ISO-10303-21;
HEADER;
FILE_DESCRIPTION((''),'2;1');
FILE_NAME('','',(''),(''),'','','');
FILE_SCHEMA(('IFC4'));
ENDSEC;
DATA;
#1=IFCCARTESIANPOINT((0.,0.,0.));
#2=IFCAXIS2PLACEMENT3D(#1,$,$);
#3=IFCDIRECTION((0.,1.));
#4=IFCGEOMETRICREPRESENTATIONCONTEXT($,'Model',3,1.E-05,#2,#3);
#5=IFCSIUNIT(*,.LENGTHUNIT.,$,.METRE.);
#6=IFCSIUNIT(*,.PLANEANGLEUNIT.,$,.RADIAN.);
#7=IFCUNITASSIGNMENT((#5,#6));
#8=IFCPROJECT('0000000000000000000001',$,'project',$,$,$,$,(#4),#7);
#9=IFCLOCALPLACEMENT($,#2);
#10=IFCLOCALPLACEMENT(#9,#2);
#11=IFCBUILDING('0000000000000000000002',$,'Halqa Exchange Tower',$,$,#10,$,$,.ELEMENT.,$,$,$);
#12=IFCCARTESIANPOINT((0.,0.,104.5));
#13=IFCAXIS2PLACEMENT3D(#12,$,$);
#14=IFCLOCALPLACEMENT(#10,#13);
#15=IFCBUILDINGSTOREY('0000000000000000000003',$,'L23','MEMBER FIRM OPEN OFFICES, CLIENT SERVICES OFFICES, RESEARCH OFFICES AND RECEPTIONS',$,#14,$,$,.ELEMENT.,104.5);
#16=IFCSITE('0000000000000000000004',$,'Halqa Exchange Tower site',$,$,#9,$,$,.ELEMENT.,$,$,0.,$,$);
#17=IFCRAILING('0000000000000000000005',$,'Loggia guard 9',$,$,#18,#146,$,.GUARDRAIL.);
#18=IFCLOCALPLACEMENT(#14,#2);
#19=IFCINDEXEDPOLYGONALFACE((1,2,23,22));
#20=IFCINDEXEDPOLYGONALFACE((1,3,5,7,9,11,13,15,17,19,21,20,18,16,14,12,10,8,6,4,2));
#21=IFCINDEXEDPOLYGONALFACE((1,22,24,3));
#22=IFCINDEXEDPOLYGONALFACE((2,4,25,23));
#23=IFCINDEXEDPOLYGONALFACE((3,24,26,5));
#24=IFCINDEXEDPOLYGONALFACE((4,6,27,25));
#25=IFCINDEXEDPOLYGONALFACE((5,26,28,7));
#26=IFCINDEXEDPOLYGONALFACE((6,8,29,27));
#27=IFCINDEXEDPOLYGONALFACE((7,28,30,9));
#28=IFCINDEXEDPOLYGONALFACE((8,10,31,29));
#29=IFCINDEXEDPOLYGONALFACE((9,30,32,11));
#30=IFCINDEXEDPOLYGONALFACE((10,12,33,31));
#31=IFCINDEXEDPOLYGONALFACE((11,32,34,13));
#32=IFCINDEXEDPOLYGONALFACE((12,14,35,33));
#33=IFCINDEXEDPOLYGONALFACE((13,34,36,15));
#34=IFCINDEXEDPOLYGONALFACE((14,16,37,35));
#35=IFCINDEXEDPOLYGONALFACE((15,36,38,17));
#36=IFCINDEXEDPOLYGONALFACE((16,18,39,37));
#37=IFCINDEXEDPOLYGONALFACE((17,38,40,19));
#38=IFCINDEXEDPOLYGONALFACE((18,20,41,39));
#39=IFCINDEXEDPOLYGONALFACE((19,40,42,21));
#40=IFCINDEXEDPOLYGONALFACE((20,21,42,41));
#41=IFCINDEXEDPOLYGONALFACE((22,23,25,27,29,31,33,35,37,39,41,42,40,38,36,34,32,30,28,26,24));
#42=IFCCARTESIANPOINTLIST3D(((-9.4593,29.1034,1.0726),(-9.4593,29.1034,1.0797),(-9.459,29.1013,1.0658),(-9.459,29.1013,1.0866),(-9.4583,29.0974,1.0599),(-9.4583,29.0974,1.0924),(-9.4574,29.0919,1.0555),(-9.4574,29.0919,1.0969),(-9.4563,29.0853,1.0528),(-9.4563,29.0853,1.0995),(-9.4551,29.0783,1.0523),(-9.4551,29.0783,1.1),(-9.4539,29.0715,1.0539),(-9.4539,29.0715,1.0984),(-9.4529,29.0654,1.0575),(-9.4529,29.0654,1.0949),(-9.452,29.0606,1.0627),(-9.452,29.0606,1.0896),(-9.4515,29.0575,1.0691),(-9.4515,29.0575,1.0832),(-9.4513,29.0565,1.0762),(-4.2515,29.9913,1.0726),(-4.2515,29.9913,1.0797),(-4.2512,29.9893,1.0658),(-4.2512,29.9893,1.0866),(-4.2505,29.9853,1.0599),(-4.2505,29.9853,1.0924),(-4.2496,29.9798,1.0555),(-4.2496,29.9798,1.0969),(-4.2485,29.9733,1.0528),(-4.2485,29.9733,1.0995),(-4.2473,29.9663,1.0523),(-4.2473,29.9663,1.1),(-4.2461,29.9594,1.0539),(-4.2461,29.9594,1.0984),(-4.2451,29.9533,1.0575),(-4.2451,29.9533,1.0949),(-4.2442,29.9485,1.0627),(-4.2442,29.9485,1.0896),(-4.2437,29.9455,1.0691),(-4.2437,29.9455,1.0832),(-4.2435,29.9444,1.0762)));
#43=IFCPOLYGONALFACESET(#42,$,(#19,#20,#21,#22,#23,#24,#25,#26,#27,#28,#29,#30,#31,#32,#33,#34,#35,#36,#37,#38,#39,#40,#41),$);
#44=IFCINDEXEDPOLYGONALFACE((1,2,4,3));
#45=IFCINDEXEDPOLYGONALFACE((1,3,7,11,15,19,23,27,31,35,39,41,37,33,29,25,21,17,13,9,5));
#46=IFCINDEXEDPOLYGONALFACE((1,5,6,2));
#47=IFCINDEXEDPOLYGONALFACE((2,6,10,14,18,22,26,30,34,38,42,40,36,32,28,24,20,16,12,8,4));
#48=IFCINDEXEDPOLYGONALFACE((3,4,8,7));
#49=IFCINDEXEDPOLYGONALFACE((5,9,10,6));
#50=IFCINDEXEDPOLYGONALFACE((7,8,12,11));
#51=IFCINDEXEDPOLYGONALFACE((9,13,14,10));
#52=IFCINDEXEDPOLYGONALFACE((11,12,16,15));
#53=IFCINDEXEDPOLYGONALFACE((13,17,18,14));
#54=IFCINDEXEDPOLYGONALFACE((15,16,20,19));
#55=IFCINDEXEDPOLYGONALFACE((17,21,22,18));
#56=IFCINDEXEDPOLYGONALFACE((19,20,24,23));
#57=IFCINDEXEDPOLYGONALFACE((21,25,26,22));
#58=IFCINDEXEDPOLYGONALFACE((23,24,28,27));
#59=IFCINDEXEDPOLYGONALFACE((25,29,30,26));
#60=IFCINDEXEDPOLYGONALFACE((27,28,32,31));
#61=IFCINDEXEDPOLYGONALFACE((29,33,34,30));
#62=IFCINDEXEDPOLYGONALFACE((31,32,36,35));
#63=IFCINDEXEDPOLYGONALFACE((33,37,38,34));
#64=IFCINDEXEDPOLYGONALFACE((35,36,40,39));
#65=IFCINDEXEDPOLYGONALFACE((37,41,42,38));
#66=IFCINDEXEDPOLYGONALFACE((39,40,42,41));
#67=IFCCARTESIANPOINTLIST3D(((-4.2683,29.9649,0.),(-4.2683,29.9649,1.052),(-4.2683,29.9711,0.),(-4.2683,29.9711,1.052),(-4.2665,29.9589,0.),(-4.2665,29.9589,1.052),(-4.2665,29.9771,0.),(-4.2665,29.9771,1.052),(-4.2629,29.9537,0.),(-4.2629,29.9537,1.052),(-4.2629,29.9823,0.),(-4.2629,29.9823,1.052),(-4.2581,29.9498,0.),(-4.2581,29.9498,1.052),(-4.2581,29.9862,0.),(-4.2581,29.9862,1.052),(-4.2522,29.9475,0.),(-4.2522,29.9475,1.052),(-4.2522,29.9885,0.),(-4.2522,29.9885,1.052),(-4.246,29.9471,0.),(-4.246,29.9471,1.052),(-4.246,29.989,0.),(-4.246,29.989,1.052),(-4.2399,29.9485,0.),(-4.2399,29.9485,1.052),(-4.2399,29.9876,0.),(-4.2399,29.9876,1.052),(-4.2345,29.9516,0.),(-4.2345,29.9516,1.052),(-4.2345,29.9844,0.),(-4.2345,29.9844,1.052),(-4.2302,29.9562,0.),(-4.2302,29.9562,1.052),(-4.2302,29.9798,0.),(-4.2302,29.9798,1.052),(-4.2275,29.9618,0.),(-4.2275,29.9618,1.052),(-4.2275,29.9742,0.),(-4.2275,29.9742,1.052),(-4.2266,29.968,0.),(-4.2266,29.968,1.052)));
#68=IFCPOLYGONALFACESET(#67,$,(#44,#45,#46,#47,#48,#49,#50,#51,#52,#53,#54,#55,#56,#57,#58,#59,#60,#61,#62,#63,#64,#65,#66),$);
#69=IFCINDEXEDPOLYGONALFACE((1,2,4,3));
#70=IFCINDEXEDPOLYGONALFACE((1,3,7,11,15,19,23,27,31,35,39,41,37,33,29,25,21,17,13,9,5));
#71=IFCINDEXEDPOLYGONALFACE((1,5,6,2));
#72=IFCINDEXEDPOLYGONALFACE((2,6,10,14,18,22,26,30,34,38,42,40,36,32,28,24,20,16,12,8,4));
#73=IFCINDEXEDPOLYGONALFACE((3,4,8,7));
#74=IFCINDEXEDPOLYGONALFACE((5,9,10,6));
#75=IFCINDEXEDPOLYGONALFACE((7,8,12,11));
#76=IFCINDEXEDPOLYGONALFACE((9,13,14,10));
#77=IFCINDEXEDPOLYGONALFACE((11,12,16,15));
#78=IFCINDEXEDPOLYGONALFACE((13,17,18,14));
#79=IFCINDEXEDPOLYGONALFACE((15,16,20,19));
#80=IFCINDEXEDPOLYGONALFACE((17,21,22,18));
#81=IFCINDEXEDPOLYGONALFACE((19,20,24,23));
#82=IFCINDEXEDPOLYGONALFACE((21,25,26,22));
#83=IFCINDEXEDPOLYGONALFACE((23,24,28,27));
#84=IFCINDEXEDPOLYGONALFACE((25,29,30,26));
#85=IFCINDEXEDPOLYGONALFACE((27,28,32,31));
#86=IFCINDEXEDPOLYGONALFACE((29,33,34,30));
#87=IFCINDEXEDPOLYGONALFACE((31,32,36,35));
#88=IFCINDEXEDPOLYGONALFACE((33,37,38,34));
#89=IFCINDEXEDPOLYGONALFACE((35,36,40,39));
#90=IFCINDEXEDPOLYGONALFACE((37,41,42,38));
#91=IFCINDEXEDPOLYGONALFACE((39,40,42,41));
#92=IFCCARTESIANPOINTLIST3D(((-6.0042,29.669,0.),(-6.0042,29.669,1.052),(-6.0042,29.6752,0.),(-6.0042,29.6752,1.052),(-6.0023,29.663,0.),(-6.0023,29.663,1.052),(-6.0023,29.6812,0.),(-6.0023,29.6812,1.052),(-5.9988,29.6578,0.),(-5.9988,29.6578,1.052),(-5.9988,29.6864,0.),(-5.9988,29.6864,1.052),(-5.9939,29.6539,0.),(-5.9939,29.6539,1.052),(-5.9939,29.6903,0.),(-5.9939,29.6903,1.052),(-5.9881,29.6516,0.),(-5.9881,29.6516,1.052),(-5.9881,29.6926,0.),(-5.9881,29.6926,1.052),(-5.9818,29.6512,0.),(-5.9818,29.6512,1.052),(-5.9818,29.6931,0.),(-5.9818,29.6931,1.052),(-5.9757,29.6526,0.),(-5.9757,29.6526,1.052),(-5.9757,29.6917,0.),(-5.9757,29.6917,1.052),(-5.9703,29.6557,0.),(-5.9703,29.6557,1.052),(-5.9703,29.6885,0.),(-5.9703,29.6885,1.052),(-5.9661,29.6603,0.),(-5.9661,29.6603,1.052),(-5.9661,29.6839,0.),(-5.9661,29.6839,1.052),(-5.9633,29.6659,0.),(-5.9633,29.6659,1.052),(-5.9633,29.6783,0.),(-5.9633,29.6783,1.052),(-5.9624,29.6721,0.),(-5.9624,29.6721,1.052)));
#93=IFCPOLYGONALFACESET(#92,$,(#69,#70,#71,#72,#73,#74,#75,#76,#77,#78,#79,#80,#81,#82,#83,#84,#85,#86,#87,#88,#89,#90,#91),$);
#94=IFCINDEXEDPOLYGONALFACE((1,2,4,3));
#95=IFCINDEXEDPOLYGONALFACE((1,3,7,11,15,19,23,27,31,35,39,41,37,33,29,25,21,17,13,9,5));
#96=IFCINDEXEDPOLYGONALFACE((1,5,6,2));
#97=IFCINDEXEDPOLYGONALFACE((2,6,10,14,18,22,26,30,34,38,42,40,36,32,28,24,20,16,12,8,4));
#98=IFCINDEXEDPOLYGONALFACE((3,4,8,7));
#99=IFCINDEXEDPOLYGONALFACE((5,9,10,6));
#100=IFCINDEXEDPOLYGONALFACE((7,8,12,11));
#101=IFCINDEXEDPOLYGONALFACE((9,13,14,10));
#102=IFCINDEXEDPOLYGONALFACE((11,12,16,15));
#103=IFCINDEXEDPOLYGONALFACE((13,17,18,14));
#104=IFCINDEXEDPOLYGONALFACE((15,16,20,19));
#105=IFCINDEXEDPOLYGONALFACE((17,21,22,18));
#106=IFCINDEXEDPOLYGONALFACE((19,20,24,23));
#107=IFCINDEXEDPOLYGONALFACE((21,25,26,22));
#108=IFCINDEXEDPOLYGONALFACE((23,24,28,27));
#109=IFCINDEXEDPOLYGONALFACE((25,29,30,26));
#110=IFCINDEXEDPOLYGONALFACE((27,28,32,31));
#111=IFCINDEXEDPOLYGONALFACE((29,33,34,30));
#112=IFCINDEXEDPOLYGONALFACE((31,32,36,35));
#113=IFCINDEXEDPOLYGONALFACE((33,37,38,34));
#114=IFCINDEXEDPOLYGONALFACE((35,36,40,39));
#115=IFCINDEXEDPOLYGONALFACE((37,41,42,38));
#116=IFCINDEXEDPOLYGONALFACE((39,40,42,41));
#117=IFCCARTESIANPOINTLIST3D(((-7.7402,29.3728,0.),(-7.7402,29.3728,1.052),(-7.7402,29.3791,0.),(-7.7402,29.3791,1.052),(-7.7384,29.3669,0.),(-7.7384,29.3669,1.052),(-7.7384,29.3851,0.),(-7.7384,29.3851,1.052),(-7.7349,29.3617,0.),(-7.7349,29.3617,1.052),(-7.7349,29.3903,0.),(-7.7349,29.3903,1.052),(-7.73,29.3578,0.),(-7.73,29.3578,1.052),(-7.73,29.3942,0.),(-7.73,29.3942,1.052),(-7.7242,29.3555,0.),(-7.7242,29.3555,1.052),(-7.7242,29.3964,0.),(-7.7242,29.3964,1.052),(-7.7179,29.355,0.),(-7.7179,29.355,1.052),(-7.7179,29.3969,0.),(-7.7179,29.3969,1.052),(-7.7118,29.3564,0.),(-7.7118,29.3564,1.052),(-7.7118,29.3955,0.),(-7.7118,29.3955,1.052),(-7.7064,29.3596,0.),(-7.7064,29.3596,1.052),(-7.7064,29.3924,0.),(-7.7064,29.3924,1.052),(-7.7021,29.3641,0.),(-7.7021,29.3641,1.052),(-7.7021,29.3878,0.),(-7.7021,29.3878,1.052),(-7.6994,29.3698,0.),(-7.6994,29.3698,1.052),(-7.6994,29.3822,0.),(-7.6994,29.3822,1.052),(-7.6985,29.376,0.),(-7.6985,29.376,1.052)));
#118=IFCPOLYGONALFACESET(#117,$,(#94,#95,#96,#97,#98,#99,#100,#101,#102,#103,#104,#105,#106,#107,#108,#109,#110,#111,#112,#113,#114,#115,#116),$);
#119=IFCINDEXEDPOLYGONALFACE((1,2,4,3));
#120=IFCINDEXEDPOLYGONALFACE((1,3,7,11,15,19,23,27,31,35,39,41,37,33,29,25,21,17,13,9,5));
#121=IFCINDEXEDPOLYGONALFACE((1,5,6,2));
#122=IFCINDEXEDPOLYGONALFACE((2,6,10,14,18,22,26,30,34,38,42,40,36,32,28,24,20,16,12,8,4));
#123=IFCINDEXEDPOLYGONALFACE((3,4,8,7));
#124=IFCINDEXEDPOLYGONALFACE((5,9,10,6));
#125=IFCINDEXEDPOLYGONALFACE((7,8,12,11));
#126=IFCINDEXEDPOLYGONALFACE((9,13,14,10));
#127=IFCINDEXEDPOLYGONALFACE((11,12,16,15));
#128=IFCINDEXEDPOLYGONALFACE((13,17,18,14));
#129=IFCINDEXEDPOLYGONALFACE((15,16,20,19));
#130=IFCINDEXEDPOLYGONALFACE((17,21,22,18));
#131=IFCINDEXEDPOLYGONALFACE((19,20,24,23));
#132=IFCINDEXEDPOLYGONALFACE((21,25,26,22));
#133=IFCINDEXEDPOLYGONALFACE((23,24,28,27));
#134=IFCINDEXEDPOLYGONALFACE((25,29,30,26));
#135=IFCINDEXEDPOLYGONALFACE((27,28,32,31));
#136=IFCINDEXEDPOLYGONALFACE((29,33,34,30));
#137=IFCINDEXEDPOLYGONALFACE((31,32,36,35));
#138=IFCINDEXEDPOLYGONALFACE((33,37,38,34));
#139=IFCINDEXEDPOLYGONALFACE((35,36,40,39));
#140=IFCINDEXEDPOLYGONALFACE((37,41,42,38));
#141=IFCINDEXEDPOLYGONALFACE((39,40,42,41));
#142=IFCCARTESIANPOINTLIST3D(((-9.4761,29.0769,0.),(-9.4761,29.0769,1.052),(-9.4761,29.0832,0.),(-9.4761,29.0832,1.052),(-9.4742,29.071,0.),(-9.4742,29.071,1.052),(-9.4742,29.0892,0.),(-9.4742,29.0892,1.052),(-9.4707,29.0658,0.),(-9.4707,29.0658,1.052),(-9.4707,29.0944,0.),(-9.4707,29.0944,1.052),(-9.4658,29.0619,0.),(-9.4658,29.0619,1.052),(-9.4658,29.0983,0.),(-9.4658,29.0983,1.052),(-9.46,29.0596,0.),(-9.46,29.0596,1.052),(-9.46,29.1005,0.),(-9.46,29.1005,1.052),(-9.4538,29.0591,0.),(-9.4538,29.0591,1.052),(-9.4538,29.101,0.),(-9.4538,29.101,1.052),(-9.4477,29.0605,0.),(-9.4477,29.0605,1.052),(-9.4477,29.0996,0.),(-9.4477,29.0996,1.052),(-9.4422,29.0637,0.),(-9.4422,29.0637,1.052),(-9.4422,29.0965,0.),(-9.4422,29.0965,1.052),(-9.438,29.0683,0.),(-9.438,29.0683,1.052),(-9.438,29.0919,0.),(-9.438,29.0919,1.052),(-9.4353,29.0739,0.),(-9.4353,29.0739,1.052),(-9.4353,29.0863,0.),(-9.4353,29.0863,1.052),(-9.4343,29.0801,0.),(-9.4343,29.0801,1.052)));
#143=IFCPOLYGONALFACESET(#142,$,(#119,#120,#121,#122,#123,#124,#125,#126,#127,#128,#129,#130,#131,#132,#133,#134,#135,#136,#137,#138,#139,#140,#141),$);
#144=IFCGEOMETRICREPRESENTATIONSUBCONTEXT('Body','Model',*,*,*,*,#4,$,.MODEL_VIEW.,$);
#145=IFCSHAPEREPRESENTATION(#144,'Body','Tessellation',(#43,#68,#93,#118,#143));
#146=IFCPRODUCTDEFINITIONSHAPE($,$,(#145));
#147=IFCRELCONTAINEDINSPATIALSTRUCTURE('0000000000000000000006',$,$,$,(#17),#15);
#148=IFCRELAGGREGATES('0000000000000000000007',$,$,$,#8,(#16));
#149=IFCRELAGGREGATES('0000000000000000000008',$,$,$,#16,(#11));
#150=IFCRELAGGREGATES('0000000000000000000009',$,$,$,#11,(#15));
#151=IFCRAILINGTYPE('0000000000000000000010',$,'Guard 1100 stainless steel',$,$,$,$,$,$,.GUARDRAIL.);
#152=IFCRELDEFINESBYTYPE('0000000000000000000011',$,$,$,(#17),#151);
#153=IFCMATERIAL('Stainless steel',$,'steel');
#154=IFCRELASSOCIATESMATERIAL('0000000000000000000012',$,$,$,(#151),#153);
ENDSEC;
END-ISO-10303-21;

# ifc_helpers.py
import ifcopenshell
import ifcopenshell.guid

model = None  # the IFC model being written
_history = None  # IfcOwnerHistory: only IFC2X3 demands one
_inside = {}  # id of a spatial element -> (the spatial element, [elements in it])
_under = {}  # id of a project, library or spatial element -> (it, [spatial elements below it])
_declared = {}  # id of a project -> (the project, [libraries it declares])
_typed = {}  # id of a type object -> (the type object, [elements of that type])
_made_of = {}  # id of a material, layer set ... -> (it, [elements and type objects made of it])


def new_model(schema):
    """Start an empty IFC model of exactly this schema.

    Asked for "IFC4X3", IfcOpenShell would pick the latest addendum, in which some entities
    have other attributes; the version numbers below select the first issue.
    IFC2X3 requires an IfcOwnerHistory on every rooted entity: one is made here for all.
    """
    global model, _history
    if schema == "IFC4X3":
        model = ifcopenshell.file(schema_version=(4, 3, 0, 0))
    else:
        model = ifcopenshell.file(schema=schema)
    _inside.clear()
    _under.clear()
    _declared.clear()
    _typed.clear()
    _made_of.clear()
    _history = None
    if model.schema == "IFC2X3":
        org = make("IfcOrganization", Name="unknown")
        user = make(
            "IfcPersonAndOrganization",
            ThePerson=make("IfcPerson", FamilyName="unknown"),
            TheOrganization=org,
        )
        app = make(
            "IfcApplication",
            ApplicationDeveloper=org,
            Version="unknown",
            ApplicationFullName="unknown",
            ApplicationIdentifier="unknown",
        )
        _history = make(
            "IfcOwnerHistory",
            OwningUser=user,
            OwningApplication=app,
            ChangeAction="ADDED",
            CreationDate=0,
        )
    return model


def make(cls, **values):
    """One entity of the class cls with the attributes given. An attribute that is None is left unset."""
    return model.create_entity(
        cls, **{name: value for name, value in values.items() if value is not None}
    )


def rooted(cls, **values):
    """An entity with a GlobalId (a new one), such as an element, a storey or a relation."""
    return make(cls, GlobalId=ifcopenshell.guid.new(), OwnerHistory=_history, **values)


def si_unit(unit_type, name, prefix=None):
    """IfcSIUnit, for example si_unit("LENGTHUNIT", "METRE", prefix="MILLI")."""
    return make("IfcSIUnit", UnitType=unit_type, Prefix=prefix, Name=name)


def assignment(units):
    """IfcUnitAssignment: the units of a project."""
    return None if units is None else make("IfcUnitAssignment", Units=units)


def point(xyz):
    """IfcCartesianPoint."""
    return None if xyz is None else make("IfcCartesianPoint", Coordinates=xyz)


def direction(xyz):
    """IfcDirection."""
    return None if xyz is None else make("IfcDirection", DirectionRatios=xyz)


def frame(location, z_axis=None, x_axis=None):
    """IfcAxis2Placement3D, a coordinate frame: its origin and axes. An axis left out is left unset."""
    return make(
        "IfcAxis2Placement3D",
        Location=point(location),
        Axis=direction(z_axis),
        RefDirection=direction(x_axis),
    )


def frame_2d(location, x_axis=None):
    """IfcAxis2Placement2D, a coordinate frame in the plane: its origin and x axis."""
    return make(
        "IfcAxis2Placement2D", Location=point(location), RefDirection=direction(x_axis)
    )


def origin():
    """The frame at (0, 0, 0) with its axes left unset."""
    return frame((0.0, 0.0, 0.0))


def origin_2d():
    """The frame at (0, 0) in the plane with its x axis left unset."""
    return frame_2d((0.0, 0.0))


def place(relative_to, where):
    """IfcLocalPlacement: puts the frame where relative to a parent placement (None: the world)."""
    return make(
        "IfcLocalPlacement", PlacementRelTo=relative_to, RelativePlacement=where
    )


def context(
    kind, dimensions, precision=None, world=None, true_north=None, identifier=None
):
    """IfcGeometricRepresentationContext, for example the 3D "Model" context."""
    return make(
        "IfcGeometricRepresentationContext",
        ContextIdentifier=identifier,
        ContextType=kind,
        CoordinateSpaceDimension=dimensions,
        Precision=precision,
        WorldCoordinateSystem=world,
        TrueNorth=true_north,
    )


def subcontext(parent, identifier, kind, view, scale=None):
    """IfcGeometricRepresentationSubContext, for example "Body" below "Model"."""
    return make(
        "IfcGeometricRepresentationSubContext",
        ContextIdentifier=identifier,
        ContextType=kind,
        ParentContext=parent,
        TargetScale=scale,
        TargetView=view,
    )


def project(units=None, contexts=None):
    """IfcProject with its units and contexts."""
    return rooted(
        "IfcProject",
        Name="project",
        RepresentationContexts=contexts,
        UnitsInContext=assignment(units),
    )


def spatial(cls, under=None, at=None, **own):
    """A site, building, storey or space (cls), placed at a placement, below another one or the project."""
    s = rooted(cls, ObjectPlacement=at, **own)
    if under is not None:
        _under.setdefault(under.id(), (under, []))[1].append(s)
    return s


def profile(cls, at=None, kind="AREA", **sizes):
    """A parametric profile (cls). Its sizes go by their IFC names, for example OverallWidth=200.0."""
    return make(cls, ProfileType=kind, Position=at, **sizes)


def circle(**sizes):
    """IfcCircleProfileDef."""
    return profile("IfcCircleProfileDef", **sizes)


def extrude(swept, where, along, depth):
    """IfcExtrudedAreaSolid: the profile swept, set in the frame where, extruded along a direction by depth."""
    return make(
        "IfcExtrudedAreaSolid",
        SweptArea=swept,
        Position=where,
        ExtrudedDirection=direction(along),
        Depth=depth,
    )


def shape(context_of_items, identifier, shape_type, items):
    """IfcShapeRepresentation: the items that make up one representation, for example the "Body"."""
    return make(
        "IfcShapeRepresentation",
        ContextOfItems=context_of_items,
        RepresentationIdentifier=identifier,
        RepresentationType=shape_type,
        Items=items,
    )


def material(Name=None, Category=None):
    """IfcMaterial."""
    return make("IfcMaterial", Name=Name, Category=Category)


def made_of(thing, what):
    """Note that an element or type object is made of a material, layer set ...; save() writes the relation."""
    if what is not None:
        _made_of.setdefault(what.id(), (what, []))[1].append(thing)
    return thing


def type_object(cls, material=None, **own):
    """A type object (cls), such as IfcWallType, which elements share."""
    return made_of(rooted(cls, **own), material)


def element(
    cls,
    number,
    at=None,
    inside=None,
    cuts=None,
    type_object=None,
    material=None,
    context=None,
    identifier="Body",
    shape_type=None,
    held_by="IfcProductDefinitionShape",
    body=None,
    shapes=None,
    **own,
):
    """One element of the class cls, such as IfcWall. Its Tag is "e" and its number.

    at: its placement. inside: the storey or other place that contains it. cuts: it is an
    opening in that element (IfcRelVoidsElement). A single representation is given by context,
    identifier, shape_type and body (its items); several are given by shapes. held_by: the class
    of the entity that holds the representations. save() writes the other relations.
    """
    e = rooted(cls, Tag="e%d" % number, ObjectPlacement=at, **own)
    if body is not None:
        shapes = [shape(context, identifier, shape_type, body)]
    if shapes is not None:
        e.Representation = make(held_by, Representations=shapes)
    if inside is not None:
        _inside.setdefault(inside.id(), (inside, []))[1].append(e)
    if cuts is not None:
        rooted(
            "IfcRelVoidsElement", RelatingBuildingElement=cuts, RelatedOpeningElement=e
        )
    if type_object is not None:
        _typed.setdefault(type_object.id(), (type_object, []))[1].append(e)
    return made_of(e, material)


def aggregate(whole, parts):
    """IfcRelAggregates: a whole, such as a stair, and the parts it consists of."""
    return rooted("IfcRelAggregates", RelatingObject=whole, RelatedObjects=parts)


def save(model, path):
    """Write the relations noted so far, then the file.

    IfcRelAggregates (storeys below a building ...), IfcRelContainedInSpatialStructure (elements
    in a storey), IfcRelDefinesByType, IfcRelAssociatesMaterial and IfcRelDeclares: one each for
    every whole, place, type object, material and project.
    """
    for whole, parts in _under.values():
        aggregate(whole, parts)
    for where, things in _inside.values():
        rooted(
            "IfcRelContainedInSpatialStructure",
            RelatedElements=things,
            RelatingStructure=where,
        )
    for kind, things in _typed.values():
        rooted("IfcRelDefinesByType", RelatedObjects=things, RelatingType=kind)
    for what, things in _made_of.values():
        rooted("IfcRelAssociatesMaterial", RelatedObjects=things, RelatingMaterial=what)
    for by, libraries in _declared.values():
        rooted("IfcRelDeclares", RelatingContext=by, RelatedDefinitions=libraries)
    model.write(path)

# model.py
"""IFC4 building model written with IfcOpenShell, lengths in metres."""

from ifc_helpers import new_model, si_unit, direction, frame, origin, origin_2d, place, context, subcontext, project, spatial, circle, extrude, material, type_object, element, save


model = new_model("IFC4")

# Units and contexts
model_context = context("Model", 3, precision=1e-05, world=origin(), true_north=direction((0.0, 1.0)))
body_context = subcontext(model_context, "Body", "Model", "MODEL_VIEW")
ifc_project = project(units=[si_unit("LENGTHUNIT", "METRE"), si_unit("PLANEANGLEUNIT", "RADIAN")], contexts=[model_context])

# Site, building, storey
site_placement = place(None, origin())
site = spatial("IfcSite", under=ifc_project, at=site_placement, Name="Halqa Exchange Tower site", CompositionType="ELEMENT", RefElevation=0.0)
building_placement = place(site_placement, origin())
building = spatial("IfcBuilding", under=site, at=building_placement, Name="Halqa Exchange Tower", CompositionType="ELEMENT")
storey_placement = place(building_placement, frame((0.0, 0.0, 104.5)))
storey = spatial("IfcBuildingStorey", under=building, at=storey_placement, Name="L23", Description="MEMBER FIRM OPEN OFFICES, CLIENT SERVICES OFFICES, RESEARCH OFFICES AND RECEPTIONS", CompositionType="ELEMENT", Elevation=104.5)

# Railing
ifc_material_1 = material(Name="Stainless steel", Category="steel")
railing_type_1 = type_object("IfcRailingType", Name="Guard 1100 stainless steel", PredefinedType="GUARDRAIL", material=ifc_material_1)
railing_1_placement = place(storey_placement, frame((-4.2476, 29.968, 0.0)))
element("IfcRailing", 1, at=railing_1_placement, inside=storey, type_object=railing_type_1, Name="Loggia guard 9", PredefinedType="GUARDRAIL", context=body_context, shape_type="SweptSolid", body=[
    extrude(circle(Radius=0.0239, at=origin_2d()), frame((0.0, 0.0, 1.0762), z_axis=(-0.985774, -0.168077, 0.0), x_axis=(0.168077, -0.985774, 0.0)), (0.0, 0.0, 1.0), 5.283),
    extrude(circle(Radius=0.021, at=origin_2d()), origin(), (0.0, 0.0, 1.0), 1.052),
    extrude(circle(Radius=0.021, at=origin_2d()), frame((-1.7358, -0.2959, 0.0)), (0.0, 0.0, 1.0), 1.052),
    extrude(circle(Radius=0.021, at=origin_2d()), frame((-3.4719, -0.592, 0.0)), (0.0, 0.0, 1.0), 1.052),
    extrude(circle(Radius=0.021, at=origin_2d()), frame((-5.2078, -0.8879, 0.0)), (0.0, 0.0, 1.0), 1.052),
])

save(model, "model.ifc")
